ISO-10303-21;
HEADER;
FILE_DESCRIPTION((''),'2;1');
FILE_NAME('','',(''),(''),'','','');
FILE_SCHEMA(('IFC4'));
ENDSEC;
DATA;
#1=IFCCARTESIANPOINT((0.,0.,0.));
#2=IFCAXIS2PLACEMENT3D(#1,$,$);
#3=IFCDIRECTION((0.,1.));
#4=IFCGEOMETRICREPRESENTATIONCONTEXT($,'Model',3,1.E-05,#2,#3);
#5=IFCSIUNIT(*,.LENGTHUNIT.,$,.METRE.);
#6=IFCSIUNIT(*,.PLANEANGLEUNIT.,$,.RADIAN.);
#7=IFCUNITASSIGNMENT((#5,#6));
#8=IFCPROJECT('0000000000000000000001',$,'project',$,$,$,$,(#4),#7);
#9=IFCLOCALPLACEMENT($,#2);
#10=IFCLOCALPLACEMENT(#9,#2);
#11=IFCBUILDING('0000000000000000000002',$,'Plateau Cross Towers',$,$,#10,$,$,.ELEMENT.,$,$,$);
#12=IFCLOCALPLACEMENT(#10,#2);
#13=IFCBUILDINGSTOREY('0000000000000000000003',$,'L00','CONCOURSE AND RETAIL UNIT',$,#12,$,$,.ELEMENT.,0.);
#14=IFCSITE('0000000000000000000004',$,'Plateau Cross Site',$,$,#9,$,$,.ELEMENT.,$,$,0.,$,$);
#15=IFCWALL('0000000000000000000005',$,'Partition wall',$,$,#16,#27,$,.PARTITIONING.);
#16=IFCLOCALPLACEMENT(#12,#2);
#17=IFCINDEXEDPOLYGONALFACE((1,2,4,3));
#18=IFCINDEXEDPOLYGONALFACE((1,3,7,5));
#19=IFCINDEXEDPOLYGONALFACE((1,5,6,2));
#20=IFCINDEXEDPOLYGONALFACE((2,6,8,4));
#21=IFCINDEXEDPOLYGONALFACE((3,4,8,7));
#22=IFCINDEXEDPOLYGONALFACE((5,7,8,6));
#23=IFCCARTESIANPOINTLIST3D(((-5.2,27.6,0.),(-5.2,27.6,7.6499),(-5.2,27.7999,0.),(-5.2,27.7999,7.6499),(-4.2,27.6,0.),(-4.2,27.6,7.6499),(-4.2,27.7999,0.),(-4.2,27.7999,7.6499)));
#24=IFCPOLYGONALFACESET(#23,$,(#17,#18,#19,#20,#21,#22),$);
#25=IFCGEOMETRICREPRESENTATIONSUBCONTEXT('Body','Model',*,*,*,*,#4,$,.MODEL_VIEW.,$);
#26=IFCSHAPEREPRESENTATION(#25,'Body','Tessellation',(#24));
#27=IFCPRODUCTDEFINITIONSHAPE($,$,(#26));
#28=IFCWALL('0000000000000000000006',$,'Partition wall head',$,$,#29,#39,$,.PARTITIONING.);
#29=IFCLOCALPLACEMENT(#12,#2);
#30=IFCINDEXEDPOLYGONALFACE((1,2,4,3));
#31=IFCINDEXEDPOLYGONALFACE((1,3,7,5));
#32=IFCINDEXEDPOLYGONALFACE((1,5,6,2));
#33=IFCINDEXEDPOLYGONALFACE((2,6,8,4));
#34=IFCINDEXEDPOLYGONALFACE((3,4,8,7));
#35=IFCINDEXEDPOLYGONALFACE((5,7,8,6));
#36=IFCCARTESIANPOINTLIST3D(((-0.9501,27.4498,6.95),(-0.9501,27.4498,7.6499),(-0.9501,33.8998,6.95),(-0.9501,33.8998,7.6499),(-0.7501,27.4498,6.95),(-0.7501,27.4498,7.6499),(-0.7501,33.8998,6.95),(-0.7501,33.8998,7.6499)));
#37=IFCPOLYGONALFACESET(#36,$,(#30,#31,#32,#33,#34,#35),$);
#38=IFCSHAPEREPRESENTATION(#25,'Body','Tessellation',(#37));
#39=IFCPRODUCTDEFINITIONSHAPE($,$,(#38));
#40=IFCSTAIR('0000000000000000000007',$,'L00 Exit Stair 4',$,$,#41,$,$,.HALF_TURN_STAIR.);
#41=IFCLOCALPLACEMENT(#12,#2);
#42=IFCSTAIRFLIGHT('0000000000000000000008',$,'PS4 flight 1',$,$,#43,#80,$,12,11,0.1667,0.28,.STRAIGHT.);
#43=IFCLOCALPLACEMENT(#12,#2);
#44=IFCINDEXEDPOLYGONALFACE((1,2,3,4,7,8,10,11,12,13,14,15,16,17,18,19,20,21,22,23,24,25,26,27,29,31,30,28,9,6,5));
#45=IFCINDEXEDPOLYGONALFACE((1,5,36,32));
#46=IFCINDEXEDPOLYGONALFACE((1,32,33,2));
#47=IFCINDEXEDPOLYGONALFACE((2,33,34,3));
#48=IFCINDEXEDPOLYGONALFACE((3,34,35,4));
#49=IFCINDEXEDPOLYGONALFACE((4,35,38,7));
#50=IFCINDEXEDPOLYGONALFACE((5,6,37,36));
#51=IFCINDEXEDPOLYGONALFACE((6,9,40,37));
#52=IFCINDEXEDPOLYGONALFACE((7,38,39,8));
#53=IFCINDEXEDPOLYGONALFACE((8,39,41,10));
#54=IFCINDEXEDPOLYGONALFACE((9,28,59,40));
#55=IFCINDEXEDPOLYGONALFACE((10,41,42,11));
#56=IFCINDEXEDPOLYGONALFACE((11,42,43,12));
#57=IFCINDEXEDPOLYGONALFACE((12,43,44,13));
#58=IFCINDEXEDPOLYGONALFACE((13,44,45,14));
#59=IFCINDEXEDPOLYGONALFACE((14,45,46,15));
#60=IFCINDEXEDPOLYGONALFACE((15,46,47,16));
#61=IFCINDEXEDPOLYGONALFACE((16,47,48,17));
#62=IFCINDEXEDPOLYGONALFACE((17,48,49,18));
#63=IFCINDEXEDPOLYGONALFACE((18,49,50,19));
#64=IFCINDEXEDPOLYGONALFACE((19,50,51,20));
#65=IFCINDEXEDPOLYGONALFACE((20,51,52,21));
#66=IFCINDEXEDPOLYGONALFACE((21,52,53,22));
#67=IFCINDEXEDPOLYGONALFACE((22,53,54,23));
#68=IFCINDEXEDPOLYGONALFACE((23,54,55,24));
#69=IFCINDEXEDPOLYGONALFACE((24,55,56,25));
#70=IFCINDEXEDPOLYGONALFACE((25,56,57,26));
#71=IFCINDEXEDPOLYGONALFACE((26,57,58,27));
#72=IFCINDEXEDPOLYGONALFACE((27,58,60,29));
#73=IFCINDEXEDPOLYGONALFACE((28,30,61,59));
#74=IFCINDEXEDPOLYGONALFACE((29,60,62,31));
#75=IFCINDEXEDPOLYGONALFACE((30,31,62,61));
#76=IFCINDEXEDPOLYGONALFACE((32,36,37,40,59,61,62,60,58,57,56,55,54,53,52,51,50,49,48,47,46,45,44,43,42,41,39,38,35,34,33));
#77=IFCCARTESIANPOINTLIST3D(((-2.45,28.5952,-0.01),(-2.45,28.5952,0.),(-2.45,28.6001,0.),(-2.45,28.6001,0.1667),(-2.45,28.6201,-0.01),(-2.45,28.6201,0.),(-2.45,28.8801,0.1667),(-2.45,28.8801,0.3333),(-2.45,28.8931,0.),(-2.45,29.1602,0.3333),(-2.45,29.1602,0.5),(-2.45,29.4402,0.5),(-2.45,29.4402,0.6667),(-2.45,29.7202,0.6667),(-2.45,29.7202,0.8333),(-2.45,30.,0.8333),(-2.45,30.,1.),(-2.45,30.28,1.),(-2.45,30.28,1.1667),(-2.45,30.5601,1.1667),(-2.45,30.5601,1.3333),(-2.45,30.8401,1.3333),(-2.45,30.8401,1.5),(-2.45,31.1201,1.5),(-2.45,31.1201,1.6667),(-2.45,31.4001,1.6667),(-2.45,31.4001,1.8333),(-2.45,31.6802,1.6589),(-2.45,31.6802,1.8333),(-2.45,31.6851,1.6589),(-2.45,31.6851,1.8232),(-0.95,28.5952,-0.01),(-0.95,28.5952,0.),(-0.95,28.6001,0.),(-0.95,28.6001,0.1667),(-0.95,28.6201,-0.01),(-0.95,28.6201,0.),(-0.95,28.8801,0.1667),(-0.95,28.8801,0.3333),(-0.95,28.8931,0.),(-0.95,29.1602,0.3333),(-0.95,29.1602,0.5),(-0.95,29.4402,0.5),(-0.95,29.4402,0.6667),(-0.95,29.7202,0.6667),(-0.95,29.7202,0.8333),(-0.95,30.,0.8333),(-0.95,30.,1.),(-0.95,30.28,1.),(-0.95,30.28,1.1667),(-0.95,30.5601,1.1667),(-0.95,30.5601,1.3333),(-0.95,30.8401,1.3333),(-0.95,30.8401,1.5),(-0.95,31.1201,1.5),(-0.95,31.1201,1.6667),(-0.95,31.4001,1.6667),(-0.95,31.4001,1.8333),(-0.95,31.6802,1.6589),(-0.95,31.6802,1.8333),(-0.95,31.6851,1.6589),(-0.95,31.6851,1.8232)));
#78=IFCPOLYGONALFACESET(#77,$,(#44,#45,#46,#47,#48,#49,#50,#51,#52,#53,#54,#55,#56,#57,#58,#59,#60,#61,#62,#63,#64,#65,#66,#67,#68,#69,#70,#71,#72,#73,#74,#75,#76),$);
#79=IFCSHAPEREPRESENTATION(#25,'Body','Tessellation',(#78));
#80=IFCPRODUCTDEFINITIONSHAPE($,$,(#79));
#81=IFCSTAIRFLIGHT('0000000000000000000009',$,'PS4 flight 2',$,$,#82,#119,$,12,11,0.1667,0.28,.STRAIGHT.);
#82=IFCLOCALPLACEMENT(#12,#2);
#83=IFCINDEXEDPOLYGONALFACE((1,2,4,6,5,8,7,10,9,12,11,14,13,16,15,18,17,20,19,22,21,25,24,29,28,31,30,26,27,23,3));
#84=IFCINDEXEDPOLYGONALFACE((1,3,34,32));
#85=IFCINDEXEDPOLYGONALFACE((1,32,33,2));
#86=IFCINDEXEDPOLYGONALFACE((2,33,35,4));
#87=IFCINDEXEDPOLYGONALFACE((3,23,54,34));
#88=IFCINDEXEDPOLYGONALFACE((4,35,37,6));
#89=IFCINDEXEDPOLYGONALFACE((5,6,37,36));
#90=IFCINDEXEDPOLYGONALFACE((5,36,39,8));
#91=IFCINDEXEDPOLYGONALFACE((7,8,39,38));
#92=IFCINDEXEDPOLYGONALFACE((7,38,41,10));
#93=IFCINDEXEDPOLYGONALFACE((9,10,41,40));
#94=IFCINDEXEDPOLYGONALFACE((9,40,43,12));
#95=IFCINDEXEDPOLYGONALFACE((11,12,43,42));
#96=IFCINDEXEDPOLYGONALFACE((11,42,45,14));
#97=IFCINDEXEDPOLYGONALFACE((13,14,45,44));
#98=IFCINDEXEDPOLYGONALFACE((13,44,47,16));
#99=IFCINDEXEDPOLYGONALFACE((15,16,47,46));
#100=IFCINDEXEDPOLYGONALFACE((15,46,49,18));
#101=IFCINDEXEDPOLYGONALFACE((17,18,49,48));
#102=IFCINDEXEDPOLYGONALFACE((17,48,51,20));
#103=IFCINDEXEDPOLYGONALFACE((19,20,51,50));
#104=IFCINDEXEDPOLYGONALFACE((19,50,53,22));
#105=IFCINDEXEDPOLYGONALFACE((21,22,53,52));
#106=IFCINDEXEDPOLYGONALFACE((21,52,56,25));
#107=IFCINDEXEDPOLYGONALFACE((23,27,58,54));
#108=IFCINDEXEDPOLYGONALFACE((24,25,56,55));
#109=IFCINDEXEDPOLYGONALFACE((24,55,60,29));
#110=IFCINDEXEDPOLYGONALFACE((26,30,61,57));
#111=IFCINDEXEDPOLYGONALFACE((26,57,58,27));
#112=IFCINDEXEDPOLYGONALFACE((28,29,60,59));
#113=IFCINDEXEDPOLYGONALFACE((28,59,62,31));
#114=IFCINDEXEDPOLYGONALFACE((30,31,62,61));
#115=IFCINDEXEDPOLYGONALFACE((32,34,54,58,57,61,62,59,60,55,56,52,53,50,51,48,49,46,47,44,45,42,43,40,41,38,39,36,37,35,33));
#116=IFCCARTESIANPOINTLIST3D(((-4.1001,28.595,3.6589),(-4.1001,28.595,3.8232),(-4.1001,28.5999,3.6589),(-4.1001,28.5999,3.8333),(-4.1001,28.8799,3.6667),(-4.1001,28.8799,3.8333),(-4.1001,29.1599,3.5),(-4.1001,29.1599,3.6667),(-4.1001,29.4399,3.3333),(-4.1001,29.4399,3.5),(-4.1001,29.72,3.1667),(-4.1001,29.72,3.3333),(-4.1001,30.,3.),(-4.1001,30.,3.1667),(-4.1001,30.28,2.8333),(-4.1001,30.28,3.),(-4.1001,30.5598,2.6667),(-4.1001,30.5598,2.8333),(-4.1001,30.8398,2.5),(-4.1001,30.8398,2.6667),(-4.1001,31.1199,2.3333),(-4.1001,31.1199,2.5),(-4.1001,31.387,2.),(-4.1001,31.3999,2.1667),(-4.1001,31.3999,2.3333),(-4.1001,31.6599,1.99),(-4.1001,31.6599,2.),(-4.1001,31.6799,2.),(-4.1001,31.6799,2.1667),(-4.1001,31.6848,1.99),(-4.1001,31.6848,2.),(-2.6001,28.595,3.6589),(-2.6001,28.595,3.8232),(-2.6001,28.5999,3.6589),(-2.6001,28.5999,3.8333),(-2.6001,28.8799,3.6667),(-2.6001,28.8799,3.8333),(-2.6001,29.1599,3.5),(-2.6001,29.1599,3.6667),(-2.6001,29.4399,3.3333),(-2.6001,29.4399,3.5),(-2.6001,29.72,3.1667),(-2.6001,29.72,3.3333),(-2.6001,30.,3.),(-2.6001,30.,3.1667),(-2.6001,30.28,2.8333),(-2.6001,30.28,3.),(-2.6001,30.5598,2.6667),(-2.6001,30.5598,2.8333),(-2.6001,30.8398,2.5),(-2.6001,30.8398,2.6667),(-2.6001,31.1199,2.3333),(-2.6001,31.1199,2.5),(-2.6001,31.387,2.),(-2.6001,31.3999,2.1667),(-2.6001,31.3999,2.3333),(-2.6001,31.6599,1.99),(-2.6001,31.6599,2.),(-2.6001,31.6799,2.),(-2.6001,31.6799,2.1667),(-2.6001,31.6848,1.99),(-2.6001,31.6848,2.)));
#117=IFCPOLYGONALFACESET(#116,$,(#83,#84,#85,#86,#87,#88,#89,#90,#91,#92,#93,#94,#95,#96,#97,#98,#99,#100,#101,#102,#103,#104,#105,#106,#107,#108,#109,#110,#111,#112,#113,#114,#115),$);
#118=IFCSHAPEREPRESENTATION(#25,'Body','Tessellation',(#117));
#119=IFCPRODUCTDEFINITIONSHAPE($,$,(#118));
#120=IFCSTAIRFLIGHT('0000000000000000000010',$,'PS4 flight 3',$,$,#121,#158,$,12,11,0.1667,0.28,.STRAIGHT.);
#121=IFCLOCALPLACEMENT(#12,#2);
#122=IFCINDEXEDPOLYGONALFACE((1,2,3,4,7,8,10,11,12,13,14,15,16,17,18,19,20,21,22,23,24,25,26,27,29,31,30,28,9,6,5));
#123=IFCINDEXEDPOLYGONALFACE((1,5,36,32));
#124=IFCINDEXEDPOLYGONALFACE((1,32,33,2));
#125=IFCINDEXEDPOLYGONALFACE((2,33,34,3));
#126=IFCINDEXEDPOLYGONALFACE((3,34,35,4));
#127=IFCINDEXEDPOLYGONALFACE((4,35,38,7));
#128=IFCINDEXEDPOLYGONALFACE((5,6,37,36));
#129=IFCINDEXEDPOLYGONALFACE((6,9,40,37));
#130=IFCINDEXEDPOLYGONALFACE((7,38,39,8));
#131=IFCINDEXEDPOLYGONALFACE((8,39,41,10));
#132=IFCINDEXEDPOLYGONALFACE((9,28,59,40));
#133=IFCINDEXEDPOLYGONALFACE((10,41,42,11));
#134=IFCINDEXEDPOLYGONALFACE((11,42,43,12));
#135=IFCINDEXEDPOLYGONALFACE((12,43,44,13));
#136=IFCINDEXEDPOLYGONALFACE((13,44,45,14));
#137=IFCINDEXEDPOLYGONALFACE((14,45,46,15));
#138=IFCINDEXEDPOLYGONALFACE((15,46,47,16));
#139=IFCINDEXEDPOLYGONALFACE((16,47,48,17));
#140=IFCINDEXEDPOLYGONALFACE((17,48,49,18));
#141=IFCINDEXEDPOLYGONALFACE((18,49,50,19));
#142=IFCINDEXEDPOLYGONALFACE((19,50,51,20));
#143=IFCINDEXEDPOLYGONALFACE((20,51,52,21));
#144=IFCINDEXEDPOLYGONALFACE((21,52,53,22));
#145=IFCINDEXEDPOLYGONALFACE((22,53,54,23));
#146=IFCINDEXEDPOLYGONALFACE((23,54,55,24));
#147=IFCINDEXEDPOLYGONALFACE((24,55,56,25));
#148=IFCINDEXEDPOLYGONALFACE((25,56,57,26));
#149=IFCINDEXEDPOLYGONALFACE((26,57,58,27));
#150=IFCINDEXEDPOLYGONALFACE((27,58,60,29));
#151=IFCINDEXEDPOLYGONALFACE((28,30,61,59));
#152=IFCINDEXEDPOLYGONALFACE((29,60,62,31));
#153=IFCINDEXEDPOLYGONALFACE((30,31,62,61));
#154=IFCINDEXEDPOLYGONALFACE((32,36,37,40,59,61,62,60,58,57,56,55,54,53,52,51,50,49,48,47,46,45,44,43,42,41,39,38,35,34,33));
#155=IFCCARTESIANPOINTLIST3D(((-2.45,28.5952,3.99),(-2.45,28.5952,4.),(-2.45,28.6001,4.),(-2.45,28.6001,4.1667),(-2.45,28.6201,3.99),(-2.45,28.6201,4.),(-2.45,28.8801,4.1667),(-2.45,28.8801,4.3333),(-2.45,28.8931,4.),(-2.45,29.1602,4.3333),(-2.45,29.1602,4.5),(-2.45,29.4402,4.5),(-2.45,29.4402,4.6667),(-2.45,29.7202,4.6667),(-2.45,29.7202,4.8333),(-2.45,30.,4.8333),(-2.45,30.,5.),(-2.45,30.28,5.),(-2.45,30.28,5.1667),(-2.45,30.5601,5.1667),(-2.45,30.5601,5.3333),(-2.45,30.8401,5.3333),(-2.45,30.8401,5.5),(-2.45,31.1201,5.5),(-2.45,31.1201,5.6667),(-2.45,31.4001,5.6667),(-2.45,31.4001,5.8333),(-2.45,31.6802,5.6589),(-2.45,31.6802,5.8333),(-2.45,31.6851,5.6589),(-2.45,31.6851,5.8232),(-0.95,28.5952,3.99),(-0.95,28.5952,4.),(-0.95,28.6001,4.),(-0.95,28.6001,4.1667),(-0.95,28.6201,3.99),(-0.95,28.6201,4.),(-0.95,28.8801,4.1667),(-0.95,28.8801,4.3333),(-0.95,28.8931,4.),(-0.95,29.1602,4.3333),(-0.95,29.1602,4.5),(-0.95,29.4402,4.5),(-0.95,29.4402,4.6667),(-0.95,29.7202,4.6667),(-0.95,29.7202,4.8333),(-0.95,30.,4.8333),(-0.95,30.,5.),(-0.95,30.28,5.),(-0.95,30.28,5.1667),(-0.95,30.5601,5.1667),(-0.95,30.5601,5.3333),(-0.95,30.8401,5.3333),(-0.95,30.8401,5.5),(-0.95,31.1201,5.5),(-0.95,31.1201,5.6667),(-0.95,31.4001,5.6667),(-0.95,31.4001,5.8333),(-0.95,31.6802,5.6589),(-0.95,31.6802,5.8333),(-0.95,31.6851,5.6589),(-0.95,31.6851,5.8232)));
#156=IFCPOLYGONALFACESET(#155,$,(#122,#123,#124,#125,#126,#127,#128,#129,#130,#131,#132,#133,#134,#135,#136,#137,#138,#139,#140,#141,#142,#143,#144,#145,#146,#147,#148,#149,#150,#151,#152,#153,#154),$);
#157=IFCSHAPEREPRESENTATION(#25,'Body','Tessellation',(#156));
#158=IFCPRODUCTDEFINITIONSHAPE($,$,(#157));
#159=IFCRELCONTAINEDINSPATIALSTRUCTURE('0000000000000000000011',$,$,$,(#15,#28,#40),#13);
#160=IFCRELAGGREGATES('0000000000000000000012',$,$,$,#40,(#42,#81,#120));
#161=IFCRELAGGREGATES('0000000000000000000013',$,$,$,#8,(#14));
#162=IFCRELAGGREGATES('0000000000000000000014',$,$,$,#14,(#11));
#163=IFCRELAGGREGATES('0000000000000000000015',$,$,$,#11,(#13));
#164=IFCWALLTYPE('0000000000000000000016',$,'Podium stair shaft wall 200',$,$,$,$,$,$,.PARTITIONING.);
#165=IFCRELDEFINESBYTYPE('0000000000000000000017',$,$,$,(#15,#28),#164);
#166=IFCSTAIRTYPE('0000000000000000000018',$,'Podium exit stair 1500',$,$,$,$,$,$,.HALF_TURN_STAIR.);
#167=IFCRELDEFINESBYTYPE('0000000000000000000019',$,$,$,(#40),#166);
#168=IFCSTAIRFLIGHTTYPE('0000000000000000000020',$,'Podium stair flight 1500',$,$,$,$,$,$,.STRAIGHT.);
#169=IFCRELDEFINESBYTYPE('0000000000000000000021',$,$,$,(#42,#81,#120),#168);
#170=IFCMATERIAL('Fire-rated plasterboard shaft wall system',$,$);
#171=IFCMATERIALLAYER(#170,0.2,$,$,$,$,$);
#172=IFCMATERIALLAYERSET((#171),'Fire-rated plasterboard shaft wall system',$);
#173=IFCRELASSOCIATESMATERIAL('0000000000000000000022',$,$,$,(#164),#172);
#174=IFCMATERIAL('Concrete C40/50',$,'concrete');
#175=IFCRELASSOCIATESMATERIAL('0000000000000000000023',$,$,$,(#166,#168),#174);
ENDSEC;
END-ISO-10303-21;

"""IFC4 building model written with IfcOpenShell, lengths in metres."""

from ifc_helpers import new_model, si_unit, direction, frame, frame_2d, origin, place, context, subcontext, project, spatial, polyline, rectangle, outline, extrude, material, layer, layer_set, type_object, element, aggregate, save


model = new_model("IFC4")

# Units and contexts
model_context = context("Model", 3, precision=1e-05, world=origin(), true_north=direction((0.0, 1.0)))
body_context = subcontext(model_context, "Body", "Model", "MODEL_VIEW")
ifc_project = project(units=[si_unit("LENGTHUNIT", "METRE"), si_unit("PLANEANGLEUNIT", "RADIAN")], contexts=[model_context])

# Site, building, storey
site_placement = place(None, origin())
site = spatial("IfcSite", under=ifc_project, at=site_placement, Name="Plateau Cross Site", CompositionType="ELEMENT", RefElevation=0.0)
building_placement = place(site_placement, origin())
building = spatial("IfcBuilding", under=site, at=building_placement, Name="Plateau Cross Towers", CompositionType="ELEMENT")
storey_placement = place(building_placement, origin())
storey = spatial("IfcBuildingStorey", under=building, at=storey_placement, Name="L00", Description="CONCOURSE AND RETAIL UNIT", CompositionType="ELEMENT", Elevation=0.0)

# Walls
ifc_material_1 = material(Name="Fire-rated plasterboard shaft wall system")
ifc_layer_1 = layer(ifc_material_1, 0.2)
ifc_layer_set_1 = layer_set([ifc_layer_1], Name="Fire-rated plasterboard shaft wall system")
wall_type_1 = type_object("IfcWallType", Name="Podium stair shaft wall 200", PredefinedType="PARTITIONING", material=ifc_layer_set_1)
wall_1_placement = place(storey_placement, frame((-5.2, 27.7, 0.0), z_axis=(0.0, 0.0, 1.0), x_axis=(1.0, 0.0, 0.0)))
element("IfcWall", 1, at=wall_1_placement, inside=storey, type_object=wall_type_1, Name="Partition wall", PredefinedType="PARTITIONING", context=body_context, shape_type="SweptSolid", body=[
    extrude(rectangle(XDim=1.0, YDim=0.2, at=frame_2d((0.5, 0.0))), origin(), (0.0, 0.0, 1.0), 7.6499),
])
wall_2_placement = place(storey_placement, frame((-0.8501, 33.8999, 6.95), z_axis=(0.0, 0.0, 1.0), x_axis=(0.0, -1.0, 0.0)))
element("IfcWall", 2, at=wall_2_placement, inside=storey, type_object=wall_type_1, Name="Partition wall head", PredefinedType="PARTITIONING", context=body_context, shape_type="SweptSolid", body=[
    extrude(rectangle(XDim=6.45, YDim=0.2, at=frame_2d((3.2251, 0.0))), origin(), (0.0, 0.0, 1.0), 0.7),
])

# Stair, stair flights
ifc_material_2 = material(Name="Concrete C40/50", Category="concrete")
stair_type = type_object("IfcStairType", Name="Podium exit stair 1500", PredefinedType="HALF_TURN_STAIR", material=ifc_material_2)
stair_placement = place(storey_placement, origin())
stair = element("IfcStair", 3, at=stair_placement, inside=storey, type_object=stair_type, Name="L00 Exit Stair 4", PredefinedType="HALF_TURN_STAIR")
stair_flight_type = type_object("IfcStairFlightType", Name="Podium stair flight 1500", PredefinedType="STRAIGHT", material=ifc_material_2)
stair_flight_1_placement = place(storey_placement, frame((-1.7, 28.6001, 0.0), z_axis=(0.0, 0.0, 1.0), x_axis=(0.0, 1.0, 0.0)))
stair_flight_1 = element("IfcStairFlight", 4, at=stair_flight_1_placement, type_object=stair_flight_type, Name="PS4 flight 1", NumberOfRisers=12, NumberOfTreads=11, PredefinedType="STRAIGHT", RiserHeight=0.1667, TreadLength=0.28, context=body_context, shape_type="SweptSolid", body=[
    extrude(outline(polyline([(-0.0049, -0.01), (-0.0049, 0.0), (0.0, 0.0), (0.0, 0.1667), (0.28, 0.1667), (0.28, 0.3333), (0.5601, 0.3333), (0.5601, 0.5), (0.8401, 0.5), (0.8401, 0.6667), (1.1201, 0.6667), (1.1201, 0.8333), (1.3999, 0.8333), (1.3999, 1.0), (1.6799, 1.0), (1.6799, 1.1667), (1.96, 1.1667), (1.96, 1.3333), (2.24, 1.3333), (2.24, 1.5), (2.52, 1.5), (2.52, 1.6667), (2.8, 1.6667), (2.8, 1.8333), (3.0801, 1.8333), (3.085, 1.8232), (3.085, 1.6589), (3.0801, 1.6589), (0.293, 0.0), (0.02, 0.0), (0.02, -0.01), (-0.0049, -0.01)])), frame((0.0, 0.75, 0.0), z_axis=(0.0, -1.0, 0.0), x_axis=(1.0, 0.0, 0.0)), (0.0, 0.0, 1.0), 1.5),
])
stair_flight_2_placement = place(storey_placement, frame((-3.3501, 31.6799, 2.0), z_axis=(0.0, 0.0, 1.0), x_axis=(0.0, -1.0, 0.0)))
stair_flight_2 = element("IfcStairFlight", 5, at=stair_flight_2_placement, type_object=stair_flight_type, Name="PS4 flight 2", NumberOfRisers=12, NumberOfTreads=11, PredefinedType="STRAIGHT", RiserHeight=0.1667, TreadLength=0.28, context=body_context, shape_type="SweptSolid", body=[
    extrude(outline(polyline([(-0.0049, -0.01), (-0.0049, 0.0), (0.0, 0.0), (0.0, 0.1667), (0.28, 0.1667), (0.28, 0.3333), (0.5601, 0.3333), (0.5601, 0.5), (0.8401, 0.5), (0.8401, 0.6667), (1.1201, 0.6667), (1.1201, 0.8333), (1.3999, 0.8333), (1.3999, 1.0), (1.6799, 1.0), (1.6799, 1.1667), (1.96, 1.1667), (1.96, 1.3333), (2.24, 1.3333), (2.24, 1.5), (2.52, 1.5), (2.52, 1.6667), (2.8, 1.6667), (2.8, 1.8333), (3.0801, 1.8333), (3.085, 1.8232), (3.085, 1.6589), (3.0801, 1.6589), (0.293, 0.0), (0.02, 0.0), (0.02, -0.01), (-0.0049, -0.01)])), frame((0.0, 0.75, 0.0), z_axis=(0.0, -1.0, 0.0), x_axis=(1.0, 0.0, 0.0)), (0.0, 0.0, 1.0), 1.5),
])
stair_flight_3_placement = place(storey_placement, frame((-1.7, 28.6001, 4.0), z_axis=(0.0, 0.0, 1.0), x_axis=(0.0, 1.0, 0.0)))
stair_flight_3 = element("IfcStairFlight", 6, at=stair_flight_3_placement, type_object=stair_flight_type, Name="PS4 flight 3", NumberOfRisers=12, NumberOfTreads=11, PredefinedType="STRAIGHT", RiserHeight=0.1667, TreadLength=0.28, context=body_context, shape_type="SweptSolid", body=[
    extrude(outline(polyline([(-0.0049, -0.01), (-0.0049, 0.0), (0.0, 0.0), (0.0, 0.1667), (0.28, 0.1667), (0.28, 0.3333), (0.5601, 0.3333), (0.5601, 0.5), (0.8401, 0.5), (0.8401, 0.6667), (1.1201, 0.6667), (1.1201, 0.8333), (1.3999, 0.8333), (1.3999, 1.0), (1.6799, 1.0), (1.6799, 1.1667), (1.96, 1.1667), (1.96, 1.3333), (2.24, 1.3333), (2.24, 1.5), (2.52, 1.5), (2.52, 1.6667), (2.8, 1.6667), (2.8, 1.8333), (3.0801, 1.8333), (3.085, 1.8232), (3.085, 1.6589), (3.0801, 1.6589), (0.293, 0.0), (0.02, 0.0), (0.02, -0.01), (-0.0049, -0.01)])), frame((0.0, 0.75, 0.0), z_axis=(0.0, -1.0, 0.0), x_axis=(1.0, 0.0, 0.0)), (0.0, 0.0, 1.0), 1.5),
])
aggregate(stair, [stair_flight_1, stair_flight_2, stair_flight_3])

save(model, "model.ifc")
